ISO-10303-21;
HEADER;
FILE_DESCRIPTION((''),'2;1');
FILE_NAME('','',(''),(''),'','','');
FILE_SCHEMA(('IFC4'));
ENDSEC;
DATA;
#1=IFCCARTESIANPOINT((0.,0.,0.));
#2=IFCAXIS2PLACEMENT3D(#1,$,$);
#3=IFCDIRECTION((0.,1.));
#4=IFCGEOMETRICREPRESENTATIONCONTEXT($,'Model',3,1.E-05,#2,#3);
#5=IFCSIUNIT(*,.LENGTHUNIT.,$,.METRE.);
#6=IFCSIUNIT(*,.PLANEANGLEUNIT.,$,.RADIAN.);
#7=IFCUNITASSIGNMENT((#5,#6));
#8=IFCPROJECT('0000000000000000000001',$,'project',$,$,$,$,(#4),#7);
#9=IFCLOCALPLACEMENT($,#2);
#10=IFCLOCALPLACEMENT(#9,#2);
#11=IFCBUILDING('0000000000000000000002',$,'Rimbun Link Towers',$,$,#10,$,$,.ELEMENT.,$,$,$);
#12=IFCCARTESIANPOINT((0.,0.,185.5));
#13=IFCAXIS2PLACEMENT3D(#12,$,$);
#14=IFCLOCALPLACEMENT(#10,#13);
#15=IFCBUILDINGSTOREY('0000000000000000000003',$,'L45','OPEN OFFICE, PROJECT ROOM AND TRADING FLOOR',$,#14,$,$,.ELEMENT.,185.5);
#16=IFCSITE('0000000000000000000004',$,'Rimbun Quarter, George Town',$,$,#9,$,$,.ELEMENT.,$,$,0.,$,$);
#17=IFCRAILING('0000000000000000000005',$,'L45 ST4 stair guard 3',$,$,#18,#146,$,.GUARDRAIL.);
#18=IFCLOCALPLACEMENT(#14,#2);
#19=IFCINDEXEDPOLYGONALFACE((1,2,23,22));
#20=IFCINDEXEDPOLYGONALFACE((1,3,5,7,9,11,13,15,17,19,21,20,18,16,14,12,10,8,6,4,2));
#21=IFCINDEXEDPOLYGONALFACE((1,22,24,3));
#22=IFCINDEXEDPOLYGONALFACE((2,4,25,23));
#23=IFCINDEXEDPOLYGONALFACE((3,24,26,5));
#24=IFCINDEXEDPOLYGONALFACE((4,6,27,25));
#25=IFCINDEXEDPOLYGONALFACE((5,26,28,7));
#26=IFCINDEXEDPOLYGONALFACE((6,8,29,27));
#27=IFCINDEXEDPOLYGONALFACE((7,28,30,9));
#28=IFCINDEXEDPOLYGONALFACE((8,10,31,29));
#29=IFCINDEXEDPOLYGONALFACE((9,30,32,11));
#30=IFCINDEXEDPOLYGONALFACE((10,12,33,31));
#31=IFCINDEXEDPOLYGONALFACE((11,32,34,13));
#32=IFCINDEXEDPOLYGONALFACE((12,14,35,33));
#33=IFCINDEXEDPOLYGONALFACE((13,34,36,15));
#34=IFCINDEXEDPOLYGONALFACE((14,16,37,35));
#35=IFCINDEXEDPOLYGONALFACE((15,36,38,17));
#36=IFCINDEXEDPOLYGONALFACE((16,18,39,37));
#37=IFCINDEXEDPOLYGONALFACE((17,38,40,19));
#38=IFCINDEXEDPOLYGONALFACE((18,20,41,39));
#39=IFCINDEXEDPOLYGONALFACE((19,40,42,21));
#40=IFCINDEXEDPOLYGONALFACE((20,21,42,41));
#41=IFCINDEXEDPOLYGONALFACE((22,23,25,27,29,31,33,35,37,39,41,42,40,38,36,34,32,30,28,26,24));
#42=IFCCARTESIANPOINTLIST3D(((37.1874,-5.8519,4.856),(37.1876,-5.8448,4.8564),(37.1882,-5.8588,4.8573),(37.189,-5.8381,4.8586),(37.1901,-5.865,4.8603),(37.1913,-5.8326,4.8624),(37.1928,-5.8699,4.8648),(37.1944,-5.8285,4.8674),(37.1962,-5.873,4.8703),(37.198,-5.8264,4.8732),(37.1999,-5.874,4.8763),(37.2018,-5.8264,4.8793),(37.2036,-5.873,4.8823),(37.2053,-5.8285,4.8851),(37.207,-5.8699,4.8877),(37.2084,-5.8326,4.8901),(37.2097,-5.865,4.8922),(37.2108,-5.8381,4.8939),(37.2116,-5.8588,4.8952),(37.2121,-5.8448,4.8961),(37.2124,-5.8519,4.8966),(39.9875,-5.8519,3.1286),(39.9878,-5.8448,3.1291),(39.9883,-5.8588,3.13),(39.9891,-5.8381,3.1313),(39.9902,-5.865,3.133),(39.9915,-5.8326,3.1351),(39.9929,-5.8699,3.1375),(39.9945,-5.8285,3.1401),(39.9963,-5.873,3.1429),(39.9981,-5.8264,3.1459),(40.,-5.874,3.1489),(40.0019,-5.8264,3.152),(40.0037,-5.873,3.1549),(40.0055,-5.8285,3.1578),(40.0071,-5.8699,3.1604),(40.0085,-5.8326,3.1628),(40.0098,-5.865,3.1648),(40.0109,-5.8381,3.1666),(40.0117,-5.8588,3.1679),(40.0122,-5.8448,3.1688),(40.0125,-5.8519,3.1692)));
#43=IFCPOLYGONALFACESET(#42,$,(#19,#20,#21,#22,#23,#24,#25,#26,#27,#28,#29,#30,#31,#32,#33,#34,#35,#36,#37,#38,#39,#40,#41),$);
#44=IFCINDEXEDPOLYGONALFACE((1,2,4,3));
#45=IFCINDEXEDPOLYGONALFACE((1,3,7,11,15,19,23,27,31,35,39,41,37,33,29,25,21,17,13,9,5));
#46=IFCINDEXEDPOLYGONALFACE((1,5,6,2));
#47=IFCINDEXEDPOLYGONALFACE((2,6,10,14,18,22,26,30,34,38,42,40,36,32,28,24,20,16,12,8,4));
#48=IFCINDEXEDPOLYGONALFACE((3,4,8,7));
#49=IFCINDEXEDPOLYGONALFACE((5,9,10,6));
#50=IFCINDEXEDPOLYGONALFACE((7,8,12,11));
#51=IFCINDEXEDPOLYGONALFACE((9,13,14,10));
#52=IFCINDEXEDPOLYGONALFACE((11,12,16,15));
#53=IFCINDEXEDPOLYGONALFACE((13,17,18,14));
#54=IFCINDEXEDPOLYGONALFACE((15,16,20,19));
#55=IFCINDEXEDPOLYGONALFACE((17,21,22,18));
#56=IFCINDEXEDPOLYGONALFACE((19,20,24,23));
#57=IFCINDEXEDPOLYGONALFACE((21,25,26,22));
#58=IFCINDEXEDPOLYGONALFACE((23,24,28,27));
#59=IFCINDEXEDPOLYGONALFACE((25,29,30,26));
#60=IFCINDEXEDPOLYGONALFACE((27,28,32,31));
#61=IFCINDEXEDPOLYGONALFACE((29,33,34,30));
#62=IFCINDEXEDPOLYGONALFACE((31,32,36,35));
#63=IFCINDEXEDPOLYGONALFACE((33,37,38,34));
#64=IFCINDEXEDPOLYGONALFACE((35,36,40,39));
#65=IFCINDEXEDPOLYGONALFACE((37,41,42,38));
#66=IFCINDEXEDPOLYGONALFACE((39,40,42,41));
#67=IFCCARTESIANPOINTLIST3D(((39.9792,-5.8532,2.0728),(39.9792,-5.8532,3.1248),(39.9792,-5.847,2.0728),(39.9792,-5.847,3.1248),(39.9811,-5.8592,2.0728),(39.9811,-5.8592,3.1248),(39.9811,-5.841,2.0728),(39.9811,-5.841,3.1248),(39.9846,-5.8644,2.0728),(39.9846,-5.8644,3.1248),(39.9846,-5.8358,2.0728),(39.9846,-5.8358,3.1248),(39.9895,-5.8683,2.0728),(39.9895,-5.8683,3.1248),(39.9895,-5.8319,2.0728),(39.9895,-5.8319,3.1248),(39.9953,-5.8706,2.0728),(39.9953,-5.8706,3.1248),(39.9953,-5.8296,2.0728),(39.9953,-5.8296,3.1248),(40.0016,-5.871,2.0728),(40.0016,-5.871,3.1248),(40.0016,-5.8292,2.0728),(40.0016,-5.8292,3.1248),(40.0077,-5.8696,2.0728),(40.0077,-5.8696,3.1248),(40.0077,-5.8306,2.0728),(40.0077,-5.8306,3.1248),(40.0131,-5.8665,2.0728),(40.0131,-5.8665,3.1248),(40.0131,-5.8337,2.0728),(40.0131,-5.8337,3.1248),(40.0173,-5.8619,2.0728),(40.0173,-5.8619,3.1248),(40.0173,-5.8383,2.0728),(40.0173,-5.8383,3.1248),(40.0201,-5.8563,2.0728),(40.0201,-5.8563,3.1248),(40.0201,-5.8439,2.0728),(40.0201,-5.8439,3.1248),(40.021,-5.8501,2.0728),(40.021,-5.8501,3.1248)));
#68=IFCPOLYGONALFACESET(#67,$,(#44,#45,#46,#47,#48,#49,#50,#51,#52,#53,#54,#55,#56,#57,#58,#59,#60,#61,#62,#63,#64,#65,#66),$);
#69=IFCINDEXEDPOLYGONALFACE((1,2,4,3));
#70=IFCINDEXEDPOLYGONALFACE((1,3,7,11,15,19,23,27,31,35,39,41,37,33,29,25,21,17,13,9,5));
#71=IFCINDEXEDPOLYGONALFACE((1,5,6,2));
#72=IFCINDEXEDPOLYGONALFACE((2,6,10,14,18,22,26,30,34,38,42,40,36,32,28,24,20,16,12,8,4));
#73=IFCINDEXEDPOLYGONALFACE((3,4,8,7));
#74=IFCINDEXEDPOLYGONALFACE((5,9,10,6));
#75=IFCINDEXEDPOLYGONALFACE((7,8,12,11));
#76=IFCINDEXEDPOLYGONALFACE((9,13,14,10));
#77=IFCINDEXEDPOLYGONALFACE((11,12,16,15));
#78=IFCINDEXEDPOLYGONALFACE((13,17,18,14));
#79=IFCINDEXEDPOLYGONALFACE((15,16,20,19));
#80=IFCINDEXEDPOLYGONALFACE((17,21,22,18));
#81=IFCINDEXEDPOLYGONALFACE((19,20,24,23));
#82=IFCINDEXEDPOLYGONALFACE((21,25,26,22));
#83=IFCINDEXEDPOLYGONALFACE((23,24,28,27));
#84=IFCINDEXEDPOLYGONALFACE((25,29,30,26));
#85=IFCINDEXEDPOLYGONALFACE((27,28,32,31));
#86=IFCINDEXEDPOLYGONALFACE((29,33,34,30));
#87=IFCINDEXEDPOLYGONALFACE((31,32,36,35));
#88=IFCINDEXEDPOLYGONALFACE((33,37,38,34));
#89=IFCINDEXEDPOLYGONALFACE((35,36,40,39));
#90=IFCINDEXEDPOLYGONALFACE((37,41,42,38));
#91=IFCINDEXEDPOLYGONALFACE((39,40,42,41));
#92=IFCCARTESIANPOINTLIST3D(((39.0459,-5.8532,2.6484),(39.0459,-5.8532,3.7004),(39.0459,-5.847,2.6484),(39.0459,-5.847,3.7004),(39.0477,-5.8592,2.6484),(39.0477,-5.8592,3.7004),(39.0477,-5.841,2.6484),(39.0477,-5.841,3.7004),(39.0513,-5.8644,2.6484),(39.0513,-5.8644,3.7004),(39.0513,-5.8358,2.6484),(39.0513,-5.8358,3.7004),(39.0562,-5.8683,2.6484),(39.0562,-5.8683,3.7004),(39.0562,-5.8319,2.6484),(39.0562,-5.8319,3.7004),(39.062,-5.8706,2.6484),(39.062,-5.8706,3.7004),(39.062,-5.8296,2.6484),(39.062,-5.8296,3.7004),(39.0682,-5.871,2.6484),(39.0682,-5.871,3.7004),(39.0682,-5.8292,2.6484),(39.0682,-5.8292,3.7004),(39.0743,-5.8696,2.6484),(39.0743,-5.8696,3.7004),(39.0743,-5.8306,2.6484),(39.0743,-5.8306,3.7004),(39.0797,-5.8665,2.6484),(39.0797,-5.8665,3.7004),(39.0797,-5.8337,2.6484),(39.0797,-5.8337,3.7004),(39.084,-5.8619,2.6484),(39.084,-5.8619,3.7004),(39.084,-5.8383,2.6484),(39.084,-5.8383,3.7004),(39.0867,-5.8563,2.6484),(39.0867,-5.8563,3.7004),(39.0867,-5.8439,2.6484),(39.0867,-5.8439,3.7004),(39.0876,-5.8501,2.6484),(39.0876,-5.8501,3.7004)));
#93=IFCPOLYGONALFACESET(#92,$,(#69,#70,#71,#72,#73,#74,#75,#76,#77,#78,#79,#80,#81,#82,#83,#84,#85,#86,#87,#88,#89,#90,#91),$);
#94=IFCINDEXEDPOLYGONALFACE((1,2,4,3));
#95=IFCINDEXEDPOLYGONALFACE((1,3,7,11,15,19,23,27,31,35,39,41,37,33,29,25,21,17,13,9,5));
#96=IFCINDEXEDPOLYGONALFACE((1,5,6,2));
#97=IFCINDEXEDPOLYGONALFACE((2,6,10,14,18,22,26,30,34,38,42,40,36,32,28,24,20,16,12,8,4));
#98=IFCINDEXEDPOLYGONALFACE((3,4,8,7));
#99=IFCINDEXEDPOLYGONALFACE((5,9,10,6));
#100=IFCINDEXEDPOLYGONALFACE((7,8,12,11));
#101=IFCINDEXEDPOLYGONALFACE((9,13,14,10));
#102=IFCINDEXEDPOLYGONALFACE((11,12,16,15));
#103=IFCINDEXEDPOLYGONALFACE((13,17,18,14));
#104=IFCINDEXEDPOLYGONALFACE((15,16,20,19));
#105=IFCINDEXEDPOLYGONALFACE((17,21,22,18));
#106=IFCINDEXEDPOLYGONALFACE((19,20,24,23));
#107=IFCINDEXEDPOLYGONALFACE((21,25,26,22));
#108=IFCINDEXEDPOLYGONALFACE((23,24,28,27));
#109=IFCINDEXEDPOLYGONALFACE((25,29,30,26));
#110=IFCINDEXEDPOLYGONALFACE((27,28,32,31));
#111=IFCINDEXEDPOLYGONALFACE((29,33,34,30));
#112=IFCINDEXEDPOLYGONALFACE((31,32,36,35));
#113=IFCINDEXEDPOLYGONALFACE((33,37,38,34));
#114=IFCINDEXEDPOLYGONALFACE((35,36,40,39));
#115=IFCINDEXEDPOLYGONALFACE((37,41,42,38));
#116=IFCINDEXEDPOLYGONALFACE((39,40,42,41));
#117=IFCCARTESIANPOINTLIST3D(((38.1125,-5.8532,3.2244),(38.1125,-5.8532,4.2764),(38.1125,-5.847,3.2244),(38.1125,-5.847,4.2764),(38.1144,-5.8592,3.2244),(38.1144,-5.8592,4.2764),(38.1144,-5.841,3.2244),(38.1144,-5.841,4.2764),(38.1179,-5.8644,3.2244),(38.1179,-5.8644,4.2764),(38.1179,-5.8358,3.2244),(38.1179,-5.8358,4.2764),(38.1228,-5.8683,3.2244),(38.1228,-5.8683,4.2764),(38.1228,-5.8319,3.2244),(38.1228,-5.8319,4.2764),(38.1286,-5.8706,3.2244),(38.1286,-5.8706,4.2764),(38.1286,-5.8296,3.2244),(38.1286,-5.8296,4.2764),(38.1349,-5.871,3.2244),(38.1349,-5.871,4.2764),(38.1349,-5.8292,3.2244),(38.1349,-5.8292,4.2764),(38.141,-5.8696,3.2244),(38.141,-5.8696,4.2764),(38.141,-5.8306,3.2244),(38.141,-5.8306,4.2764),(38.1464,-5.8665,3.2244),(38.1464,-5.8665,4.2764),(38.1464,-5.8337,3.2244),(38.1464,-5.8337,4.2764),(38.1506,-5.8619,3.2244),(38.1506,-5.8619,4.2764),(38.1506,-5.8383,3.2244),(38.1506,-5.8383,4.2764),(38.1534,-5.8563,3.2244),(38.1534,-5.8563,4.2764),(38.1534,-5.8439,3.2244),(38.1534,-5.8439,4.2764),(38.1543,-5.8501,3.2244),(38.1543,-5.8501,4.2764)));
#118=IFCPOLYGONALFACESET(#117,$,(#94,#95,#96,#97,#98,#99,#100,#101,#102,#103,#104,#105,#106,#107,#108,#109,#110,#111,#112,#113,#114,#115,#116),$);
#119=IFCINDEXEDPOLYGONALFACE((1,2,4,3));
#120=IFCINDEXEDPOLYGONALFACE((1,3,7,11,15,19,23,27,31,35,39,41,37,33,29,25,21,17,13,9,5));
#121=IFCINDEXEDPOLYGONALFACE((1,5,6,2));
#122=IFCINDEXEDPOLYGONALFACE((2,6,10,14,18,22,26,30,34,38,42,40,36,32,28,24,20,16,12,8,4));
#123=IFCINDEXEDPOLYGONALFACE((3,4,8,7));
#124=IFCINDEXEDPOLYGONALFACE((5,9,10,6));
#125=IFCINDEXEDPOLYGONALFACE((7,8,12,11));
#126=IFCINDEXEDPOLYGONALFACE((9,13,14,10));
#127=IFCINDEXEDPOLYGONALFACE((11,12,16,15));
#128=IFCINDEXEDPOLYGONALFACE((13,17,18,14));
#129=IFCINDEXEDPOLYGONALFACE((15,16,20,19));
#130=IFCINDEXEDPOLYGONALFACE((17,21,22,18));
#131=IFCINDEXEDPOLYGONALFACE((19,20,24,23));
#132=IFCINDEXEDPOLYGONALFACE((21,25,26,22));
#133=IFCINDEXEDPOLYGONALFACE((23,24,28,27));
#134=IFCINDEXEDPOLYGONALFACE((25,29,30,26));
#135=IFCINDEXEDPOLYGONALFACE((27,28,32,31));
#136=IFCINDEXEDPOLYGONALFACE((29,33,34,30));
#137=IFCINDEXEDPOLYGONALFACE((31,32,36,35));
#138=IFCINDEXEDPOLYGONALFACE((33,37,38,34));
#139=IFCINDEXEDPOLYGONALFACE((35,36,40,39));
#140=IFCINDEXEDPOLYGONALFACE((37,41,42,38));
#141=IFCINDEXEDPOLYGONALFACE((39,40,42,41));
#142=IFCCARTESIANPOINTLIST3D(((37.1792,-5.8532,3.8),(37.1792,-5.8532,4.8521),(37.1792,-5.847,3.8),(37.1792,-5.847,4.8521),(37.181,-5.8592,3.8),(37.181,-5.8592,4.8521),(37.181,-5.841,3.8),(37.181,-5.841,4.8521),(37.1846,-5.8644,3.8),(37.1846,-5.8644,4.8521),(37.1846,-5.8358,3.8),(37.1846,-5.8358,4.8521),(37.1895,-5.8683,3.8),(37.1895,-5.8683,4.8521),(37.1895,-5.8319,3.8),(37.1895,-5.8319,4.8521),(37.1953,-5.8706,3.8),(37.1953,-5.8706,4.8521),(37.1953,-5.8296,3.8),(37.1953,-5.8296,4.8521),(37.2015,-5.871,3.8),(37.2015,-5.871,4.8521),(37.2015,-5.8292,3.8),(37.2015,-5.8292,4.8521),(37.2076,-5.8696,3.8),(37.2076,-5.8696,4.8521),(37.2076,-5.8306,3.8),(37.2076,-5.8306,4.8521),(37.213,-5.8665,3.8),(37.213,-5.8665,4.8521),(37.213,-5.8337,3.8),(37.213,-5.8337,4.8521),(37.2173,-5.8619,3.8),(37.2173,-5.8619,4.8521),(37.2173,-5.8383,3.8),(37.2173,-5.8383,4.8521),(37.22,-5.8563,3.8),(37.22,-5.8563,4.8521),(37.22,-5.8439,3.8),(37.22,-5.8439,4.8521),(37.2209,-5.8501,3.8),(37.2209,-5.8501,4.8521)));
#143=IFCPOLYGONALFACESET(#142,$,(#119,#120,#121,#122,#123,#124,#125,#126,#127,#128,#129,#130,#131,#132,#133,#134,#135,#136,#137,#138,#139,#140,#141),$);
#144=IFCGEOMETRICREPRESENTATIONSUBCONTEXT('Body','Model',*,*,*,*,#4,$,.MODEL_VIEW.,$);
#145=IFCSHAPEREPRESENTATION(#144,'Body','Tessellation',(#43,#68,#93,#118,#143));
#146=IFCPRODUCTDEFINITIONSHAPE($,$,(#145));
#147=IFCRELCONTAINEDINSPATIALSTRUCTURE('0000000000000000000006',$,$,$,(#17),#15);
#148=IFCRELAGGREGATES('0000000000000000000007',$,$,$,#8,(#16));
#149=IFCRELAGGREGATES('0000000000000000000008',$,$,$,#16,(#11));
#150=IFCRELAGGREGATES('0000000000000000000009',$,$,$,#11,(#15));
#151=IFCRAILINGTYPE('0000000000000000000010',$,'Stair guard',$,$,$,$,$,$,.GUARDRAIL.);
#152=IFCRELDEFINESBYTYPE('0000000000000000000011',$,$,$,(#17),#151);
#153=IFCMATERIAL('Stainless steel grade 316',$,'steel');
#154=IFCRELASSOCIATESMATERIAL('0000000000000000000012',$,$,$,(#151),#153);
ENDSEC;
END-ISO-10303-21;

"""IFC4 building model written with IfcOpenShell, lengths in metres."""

from ifc_helpers import new_model, si_unit, direction, frame, origin, origin_2d, place, context, subcontext, project, spatial, circle, extrude, material, type_object, element, save


model = new_model("IFC4")

# Units and contexts
model_context = context("Model", 3, precision=1e-05, world=origin(), true_north=direction((0.0, 1.0)))
body_context = subcontext(model_context, "Body", "Model", "MODEL_VIEW")
ifc_project = project(units=[si_unit("LENGTHUNIT", "METRE"), si_unit("PLANEANGLEUNIT", "RADIAN")], contexts=[model_context])

# Site, building, storey
site_placement = place(None, origin())
site = spatial("IfcSite", under=ifc_project, at=site_placement, Name="Rimbun Quarter, George Town", CompositionType="ELEMENT", RefElevation=0.0)
building_placement = place(site_placement, origin())
building = spatial("IfcBuilding", under=site, at=building_placement, Name="Rimbun Link Towers", CompositionType="ELEMENT")
storey_placement = place(building_placement, frame((0.0, 0.0, 185.5)))
storey = spatial("IfcBuildingStorey", under=building, at=storey_placement, Name="L45", Description="OPEN OFFICE, PROJECT ROOM AND TRADING FLOOR", CompositionType="ELEMENT", Elevation=185.5)

# Railing
ifc_material_1 = material(Name="Stainless steel grade 316", Category="steel")
railing_type_1 = type_object("IfcRailingType", Name="Stair guard", PredefinedType="GUARDRAIL", material=ifc_material_1)
railing_1_placement = place(storey_placement, frame((40.0, -5.8501, 2.0728)))
element("IfcRailing", 1, at=railing_1_placement, inside=storey, type_object=railing_type_1, Name="L45 ST4 stair guard 3", PredefinedType="GUARDRAIL", context=body_context, shape_type="SweptSolid", body=[
    extrude(circle(Radius=0.0239, at=origin_2d()), frame((0.0, 0.0, 1.0762), z_axis=(-0.85109, 0.0, 0.52502), x_axis=(0.0, -1.0, 0.0)), (0.0, 0.0, 1.0), 3.29),
    extrude(circle(Radius=0.021, at=origin_2d()), origin(), (0.0, 0.0, 1.0), 1.052),
    extrude(circle(Radius=0.021, at=origin_2d()), frame((-0.9333, 0.0, 0.5757)), (0.0, 0.0, 1.0), 1.052),
    extrude(circle(Radius=0.021, at=origin_2d()), frame((-1.8667, 0.0, 1.1516)), (0.0, 0.0, 1.0), 1.052),
    extrude(circle(Radius=0.021, at=origin_2d()), frame((-2.8, 0.0, 1.7273)), (0.0, 0.0, 1.0), 1.052),
])

save(model, "model.ifc")
